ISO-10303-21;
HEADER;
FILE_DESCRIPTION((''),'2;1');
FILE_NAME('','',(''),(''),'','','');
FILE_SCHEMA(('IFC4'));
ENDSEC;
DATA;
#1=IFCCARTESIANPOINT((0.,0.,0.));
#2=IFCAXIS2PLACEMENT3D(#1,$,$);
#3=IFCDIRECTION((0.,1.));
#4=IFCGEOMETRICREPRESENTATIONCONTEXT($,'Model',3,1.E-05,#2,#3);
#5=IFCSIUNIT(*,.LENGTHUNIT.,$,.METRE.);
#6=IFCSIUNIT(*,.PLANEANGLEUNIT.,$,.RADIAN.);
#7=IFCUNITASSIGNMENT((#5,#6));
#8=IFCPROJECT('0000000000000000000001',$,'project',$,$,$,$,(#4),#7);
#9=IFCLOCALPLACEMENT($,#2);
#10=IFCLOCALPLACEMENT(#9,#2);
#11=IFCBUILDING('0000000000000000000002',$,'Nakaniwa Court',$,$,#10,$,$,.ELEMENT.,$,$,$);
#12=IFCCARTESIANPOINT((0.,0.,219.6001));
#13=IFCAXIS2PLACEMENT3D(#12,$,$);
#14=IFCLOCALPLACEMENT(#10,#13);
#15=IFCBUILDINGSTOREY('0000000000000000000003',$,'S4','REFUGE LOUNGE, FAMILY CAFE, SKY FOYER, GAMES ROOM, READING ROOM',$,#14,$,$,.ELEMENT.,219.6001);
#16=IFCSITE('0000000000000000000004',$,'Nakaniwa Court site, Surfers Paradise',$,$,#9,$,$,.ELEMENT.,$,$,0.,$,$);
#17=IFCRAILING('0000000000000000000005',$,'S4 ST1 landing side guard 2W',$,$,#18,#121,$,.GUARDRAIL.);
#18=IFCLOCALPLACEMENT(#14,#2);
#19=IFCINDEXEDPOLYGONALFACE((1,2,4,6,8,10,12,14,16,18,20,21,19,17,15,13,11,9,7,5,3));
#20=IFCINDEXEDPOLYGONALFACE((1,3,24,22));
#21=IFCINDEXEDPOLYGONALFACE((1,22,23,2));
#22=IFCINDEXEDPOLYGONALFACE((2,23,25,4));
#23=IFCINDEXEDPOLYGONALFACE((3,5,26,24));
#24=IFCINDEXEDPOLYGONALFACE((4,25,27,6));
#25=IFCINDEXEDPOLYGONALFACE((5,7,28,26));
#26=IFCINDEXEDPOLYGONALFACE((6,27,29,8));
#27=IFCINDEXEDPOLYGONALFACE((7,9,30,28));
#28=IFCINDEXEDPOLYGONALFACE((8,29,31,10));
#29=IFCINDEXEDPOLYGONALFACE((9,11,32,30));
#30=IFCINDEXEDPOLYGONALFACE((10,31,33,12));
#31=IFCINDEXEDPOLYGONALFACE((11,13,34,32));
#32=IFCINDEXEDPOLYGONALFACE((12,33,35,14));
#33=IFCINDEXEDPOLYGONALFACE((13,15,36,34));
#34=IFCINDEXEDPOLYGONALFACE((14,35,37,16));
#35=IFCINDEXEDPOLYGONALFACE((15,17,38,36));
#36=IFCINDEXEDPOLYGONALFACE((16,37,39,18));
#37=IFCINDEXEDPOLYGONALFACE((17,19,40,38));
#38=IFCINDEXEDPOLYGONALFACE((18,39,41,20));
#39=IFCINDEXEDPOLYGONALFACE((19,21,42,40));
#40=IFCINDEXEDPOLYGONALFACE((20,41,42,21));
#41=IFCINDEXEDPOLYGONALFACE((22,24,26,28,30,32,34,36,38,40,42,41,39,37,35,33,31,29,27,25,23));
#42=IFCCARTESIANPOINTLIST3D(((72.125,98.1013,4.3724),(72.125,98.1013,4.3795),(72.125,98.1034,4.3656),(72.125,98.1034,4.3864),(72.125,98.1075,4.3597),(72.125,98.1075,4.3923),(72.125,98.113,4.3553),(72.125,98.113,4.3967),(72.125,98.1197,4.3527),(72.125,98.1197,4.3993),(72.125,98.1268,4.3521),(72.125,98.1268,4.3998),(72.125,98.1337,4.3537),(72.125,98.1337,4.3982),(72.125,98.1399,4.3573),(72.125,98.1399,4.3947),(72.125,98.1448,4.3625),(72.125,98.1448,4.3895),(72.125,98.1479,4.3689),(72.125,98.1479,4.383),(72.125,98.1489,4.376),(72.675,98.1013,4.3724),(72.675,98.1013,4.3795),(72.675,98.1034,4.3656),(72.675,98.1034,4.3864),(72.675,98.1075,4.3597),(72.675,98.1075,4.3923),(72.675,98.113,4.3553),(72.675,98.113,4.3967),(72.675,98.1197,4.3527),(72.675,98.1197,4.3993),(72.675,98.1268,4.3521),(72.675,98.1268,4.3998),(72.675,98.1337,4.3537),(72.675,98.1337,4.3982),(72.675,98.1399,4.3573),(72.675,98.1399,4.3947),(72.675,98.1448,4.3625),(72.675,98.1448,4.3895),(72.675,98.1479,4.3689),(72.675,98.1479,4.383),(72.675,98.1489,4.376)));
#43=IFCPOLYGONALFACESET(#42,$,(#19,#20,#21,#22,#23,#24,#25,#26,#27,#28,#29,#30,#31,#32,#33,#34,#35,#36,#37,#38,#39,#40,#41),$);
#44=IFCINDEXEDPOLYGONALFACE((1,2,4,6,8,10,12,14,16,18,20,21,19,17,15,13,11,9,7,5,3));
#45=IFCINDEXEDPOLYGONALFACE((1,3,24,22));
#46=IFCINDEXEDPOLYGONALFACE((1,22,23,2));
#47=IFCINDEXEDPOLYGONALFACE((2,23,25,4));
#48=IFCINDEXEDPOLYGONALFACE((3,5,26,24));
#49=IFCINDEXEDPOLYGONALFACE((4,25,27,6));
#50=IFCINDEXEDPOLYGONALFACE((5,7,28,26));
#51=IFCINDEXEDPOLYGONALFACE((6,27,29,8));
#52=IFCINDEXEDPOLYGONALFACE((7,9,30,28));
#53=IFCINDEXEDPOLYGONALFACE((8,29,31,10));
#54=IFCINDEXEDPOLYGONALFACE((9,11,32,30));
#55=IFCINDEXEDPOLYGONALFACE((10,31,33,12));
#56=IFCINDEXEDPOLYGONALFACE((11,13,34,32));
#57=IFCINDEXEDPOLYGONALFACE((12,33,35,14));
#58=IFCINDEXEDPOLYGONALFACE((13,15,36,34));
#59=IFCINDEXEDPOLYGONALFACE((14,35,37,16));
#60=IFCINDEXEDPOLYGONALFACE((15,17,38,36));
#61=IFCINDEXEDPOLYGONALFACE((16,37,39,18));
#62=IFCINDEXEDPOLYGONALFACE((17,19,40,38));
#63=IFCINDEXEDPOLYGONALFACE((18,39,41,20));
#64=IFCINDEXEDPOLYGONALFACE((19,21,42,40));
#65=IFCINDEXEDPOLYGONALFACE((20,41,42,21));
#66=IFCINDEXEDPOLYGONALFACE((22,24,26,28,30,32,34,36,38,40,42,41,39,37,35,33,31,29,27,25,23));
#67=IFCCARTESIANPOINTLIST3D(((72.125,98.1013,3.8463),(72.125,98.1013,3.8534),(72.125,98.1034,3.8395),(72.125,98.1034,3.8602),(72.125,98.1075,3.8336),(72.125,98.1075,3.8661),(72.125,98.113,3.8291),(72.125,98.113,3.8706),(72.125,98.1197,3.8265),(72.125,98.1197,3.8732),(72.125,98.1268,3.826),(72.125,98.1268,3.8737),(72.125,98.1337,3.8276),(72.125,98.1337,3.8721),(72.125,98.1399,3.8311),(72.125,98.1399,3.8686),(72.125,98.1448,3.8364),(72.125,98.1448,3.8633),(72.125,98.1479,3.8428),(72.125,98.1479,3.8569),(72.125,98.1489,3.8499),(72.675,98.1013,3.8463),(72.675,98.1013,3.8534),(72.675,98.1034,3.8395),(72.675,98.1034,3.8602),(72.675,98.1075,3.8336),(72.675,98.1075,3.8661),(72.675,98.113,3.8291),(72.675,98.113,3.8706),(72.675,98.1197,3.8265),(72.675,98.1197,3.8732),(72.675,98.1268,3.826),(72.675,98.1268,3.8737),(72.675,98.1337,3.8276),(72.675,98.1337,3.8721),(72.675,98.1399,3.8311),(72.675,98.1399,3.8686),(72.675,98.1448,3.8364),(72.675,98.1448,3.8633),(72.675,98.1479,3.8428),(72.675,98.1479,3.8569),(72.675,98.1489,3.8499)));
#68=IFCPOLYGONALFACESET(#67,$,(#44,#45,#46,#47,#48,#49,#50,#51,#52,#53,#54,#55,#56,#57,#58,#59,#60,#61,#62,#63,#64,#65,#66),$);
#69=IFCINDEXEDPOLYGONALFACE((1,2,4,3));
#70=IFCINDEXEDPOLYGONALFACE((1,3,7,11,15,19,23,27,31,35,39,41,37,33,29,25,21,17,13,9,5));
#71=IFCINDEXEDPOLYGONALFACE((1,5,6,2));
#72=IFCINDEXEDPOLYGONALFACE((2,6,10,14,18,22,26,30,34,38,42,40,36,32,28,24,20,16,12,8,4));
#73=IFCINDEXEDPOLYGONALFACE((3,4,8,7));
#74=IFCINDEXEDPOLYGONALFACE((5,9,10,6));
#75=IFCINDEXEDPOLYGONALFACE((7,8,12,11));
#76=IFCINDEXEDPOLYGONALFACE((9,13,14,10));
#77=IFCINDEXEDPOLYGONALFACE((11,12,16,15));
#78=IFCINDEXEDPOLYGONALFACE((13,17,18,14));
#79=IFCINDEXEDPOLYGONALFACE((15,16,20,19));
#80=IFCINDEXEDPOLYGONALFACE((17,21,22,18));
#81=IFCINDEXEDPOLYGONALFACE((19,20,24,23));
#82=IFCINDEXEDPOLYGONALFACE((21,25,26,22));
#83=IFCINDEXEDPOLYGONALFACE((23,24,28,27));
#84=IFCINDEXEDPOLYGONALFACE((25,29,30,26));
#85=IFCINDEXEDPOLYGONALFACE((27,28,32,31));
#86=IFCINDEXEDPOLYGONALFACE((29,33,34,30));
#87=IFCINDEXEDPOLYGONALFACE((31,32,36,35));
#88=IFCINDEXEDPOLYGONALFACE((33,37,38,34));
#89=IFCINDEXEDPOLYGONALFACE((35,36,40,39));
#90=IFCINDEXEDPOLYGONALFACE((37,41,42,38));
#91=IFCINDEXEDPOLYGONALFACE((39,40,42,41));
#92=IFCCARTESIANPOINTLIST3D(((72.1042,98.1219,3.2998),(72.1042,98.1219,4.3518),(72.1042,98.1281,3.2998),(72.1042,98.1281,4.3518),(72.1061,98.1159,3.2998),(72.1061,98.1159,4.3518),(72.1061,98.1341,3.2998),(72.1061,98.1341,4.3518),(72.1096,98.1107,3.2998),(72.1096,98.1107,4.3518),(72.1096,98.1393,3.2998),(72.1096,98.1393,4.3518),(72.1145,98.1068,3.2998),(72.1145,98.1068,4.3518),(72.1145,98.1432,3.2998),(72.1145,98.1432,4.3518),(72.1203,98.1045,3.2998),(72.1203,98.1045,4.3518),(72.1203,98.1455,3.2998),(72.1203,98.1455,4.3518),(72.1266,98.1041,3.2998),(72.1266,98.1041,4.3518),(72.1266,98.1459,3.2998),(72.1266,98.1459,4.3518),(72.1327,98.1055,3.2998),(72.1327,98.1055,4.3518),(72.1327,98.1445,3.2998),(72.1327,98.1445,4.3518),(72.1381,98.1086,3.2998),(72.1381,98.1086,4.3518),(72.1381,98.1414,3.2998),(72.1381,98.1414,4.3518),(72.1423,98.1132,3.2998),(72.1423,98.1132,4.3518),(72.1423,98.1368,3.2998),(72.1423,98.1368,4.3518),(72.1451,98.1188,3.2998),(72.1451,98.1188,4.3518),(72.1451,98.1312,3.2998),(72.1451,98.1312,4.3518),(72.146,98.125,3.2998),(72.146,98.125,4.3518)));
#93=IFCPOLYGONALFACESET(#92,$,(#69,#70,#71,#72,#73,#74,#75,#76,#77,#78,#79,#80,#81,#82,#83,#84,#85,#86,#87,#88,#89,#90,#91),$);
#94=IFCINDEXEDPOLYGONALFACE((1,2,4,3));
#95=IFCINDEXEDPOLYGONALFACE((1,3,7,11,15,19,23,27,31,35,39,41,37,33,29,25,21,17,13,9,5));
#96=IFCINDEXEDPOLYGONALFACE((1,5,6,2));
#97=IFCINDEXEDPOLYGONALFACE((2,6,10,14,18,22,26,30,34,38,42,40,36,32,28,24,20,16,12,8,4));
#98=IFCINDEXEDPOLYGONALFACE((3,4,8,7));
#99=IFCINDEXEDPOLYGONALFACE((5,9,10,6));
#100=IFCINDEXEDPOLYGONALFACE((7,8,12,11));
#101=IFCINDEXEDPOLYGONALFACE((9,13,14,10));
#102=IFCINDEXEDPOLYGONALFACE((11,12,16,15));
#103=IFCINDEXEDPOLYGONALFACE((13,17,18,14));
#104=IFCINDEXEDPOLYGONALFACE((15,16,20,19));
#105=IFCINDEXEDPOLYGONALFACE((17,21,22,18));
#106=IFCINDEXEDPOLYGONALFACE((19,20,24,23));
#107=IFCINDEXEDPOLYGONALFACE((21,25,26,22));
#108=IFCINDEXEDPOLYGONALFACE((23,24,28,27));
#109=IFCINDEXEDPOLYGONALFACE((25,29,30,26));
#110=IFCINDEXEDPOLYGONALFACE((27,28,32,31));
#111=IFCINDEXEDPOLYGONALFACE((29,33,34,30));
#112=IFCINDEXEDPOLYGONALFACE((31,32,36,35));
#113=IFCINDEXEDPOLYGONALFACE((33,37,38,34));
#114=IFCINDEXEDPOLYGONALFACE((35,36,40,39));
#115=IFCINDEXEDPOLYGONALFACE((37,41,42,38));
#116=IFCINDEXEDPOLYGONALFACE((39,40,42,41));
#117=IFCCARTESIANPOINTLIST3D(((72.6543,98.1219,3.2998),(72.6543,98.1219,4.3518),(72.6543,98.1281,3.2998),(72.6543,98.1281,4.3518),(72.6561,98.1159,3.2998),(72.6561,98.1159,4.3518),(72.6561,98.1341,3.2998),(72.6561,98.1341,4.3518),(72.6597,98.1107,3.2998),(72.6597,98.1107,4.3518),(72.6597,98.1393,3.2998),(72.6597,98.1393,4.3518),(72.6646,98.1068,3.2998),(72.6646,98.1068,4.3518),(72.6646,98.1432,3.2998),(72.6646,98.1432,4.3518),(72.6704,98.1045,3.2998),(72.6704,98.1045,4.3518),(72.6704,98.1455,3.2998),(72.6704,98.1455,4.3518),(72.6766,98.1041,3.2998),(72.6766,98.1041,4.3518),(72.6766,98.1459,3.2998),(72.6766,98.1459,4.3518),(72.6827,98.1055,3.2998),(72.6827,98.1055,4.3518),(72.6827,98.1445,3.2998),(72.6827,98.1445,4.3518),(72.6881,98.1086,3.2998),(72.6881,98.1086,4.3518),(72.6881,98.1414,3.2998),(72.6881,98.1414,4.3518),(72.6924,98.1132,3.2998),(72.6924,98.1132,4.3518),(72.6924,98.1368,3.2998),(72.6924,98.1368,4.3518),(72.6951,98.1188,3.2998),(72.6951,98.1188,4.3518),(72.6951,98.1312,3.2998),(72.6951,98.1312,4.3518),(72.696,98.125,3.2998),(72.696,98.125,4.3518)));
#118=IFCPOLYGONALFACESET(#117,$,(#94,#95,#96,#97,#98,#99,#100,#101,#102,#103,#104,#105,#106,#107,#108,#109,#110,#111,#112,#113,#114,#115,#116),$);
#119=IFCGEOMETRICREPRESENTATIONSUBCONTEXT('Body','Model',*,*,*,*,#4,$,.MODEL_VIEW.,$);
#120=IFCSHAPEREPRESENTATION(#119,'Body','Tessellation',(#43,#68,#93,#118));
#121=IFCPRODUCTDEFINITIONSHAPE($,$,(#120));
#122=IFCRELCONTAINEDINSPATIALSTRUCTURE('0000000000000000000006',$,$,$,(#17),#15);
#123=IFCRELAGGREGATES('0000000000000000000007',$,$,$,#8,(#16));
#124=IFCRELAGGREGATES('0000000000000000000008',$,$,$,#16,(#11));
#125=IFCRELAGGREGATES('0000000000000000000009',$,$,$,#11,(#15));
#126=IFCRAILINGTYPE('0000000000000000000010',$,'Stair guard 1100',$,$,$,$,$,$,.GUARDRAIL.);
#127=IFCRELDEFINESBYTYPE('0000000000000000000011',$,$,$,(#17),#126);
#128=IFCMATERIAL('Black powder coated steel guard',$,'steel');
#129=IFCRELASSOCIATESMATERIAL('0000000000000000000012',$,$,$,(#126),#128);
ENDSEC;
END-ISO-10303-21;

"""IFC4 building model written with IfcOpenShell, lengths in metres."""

from ifc_helpers import new_model, si_unit, direction, frame, origin, origin_2d, place, context, subcontext, project, spatial, circle, extrude, material, type_object, element, save


model = new_model("IFC4")

# Units and contexts
model_context = context("Model", 3, precision=1e-05, world=origin(), true_north=direction((0.0, 1.0)))
body_context = subcontext(model_context, "Body", "Model", "MODEL_VIEW")
ifc_project = project(units=[si_unit("LENGTHUNIT", "METRE"), si_unit("PLANEANGLEUNIT", "RADIAN")], contexts=[model_context])

# Site, building, storey
site_placement = place(None, origin())
site = spatial("IfcSite", under=ifc_project, at=site_placement, Name="Nakaniwa Court site, Surfers Paradise", CompositionType="ELEMENT", RefElevation=0.0)
building_placement = place(site_placement, origin())
building = spatial("IfcBuilding", under=site, at=building_placement, Name="Nakaniwa Court", CompositionType="ELEMENT")
storey_placement = place(building_placement, frame((0.0, 0.0, 219.6001)))
storey = spatial("IfcBuildingStorey", under=building, at=storey_placement, Name="S4", Description="REFUGE LOUNGE, FAMILY CAFE, SKY FOYER, GAMES ROOM, READING ROOM", CompositionType="ELEMENT", Elevation=219.6001)

# Railing
ifc_material_1 = material(Name="Black powder coated steel guard", Category="steel")
railing_type_1 = type_object("IfcRailingType", Name="Stair guard 1100", PredefinedType="GUARDRAIL", material=ifc_material_1)
for number, where, name in (
    (1, (72.125, 98.125, 3.2998), "S4 ST1 landing side guard 2W"),
):
    element("IfcRailing", number, at=place(storey_placement, frame(where)), inside=storey, type_object=railing_type_1, Name=name, PredefinedType="GUARDRAIL", context=body_context, shape_type="SweptSolid", body=[
        extrude(circle(Radius=0.0239, at=origin_2d()), frame((0.0, 0.0, 1.0762), z_axis=(1.0, 0.0, 0.0), x_axis=(0.0, 1.0, 0.0)), (0.0, 0.0, 1.0), 0.55),
        extrude(circle(Radius=0.0239, at=origin_2d()), frame((0.0, 0.0, 0.55), z_axis=(1.0, 0.0, 0.0), x_axis=(0.0, 1.0, 0.0)), (0.0, 0.0, 1.0), 0.55),
        extrude(circle(Radius=0.021, at=origin_2d()), origin(), (0.0, 0.0, 1.0), 1.052),
        extrude(circle(Radius=0.021, at=origin_2d()), frame((0.55, 0.0, 0.0)), (0.0, 0.0, 1.0), 1.052),
    ])

save(model, "model.ifc")
